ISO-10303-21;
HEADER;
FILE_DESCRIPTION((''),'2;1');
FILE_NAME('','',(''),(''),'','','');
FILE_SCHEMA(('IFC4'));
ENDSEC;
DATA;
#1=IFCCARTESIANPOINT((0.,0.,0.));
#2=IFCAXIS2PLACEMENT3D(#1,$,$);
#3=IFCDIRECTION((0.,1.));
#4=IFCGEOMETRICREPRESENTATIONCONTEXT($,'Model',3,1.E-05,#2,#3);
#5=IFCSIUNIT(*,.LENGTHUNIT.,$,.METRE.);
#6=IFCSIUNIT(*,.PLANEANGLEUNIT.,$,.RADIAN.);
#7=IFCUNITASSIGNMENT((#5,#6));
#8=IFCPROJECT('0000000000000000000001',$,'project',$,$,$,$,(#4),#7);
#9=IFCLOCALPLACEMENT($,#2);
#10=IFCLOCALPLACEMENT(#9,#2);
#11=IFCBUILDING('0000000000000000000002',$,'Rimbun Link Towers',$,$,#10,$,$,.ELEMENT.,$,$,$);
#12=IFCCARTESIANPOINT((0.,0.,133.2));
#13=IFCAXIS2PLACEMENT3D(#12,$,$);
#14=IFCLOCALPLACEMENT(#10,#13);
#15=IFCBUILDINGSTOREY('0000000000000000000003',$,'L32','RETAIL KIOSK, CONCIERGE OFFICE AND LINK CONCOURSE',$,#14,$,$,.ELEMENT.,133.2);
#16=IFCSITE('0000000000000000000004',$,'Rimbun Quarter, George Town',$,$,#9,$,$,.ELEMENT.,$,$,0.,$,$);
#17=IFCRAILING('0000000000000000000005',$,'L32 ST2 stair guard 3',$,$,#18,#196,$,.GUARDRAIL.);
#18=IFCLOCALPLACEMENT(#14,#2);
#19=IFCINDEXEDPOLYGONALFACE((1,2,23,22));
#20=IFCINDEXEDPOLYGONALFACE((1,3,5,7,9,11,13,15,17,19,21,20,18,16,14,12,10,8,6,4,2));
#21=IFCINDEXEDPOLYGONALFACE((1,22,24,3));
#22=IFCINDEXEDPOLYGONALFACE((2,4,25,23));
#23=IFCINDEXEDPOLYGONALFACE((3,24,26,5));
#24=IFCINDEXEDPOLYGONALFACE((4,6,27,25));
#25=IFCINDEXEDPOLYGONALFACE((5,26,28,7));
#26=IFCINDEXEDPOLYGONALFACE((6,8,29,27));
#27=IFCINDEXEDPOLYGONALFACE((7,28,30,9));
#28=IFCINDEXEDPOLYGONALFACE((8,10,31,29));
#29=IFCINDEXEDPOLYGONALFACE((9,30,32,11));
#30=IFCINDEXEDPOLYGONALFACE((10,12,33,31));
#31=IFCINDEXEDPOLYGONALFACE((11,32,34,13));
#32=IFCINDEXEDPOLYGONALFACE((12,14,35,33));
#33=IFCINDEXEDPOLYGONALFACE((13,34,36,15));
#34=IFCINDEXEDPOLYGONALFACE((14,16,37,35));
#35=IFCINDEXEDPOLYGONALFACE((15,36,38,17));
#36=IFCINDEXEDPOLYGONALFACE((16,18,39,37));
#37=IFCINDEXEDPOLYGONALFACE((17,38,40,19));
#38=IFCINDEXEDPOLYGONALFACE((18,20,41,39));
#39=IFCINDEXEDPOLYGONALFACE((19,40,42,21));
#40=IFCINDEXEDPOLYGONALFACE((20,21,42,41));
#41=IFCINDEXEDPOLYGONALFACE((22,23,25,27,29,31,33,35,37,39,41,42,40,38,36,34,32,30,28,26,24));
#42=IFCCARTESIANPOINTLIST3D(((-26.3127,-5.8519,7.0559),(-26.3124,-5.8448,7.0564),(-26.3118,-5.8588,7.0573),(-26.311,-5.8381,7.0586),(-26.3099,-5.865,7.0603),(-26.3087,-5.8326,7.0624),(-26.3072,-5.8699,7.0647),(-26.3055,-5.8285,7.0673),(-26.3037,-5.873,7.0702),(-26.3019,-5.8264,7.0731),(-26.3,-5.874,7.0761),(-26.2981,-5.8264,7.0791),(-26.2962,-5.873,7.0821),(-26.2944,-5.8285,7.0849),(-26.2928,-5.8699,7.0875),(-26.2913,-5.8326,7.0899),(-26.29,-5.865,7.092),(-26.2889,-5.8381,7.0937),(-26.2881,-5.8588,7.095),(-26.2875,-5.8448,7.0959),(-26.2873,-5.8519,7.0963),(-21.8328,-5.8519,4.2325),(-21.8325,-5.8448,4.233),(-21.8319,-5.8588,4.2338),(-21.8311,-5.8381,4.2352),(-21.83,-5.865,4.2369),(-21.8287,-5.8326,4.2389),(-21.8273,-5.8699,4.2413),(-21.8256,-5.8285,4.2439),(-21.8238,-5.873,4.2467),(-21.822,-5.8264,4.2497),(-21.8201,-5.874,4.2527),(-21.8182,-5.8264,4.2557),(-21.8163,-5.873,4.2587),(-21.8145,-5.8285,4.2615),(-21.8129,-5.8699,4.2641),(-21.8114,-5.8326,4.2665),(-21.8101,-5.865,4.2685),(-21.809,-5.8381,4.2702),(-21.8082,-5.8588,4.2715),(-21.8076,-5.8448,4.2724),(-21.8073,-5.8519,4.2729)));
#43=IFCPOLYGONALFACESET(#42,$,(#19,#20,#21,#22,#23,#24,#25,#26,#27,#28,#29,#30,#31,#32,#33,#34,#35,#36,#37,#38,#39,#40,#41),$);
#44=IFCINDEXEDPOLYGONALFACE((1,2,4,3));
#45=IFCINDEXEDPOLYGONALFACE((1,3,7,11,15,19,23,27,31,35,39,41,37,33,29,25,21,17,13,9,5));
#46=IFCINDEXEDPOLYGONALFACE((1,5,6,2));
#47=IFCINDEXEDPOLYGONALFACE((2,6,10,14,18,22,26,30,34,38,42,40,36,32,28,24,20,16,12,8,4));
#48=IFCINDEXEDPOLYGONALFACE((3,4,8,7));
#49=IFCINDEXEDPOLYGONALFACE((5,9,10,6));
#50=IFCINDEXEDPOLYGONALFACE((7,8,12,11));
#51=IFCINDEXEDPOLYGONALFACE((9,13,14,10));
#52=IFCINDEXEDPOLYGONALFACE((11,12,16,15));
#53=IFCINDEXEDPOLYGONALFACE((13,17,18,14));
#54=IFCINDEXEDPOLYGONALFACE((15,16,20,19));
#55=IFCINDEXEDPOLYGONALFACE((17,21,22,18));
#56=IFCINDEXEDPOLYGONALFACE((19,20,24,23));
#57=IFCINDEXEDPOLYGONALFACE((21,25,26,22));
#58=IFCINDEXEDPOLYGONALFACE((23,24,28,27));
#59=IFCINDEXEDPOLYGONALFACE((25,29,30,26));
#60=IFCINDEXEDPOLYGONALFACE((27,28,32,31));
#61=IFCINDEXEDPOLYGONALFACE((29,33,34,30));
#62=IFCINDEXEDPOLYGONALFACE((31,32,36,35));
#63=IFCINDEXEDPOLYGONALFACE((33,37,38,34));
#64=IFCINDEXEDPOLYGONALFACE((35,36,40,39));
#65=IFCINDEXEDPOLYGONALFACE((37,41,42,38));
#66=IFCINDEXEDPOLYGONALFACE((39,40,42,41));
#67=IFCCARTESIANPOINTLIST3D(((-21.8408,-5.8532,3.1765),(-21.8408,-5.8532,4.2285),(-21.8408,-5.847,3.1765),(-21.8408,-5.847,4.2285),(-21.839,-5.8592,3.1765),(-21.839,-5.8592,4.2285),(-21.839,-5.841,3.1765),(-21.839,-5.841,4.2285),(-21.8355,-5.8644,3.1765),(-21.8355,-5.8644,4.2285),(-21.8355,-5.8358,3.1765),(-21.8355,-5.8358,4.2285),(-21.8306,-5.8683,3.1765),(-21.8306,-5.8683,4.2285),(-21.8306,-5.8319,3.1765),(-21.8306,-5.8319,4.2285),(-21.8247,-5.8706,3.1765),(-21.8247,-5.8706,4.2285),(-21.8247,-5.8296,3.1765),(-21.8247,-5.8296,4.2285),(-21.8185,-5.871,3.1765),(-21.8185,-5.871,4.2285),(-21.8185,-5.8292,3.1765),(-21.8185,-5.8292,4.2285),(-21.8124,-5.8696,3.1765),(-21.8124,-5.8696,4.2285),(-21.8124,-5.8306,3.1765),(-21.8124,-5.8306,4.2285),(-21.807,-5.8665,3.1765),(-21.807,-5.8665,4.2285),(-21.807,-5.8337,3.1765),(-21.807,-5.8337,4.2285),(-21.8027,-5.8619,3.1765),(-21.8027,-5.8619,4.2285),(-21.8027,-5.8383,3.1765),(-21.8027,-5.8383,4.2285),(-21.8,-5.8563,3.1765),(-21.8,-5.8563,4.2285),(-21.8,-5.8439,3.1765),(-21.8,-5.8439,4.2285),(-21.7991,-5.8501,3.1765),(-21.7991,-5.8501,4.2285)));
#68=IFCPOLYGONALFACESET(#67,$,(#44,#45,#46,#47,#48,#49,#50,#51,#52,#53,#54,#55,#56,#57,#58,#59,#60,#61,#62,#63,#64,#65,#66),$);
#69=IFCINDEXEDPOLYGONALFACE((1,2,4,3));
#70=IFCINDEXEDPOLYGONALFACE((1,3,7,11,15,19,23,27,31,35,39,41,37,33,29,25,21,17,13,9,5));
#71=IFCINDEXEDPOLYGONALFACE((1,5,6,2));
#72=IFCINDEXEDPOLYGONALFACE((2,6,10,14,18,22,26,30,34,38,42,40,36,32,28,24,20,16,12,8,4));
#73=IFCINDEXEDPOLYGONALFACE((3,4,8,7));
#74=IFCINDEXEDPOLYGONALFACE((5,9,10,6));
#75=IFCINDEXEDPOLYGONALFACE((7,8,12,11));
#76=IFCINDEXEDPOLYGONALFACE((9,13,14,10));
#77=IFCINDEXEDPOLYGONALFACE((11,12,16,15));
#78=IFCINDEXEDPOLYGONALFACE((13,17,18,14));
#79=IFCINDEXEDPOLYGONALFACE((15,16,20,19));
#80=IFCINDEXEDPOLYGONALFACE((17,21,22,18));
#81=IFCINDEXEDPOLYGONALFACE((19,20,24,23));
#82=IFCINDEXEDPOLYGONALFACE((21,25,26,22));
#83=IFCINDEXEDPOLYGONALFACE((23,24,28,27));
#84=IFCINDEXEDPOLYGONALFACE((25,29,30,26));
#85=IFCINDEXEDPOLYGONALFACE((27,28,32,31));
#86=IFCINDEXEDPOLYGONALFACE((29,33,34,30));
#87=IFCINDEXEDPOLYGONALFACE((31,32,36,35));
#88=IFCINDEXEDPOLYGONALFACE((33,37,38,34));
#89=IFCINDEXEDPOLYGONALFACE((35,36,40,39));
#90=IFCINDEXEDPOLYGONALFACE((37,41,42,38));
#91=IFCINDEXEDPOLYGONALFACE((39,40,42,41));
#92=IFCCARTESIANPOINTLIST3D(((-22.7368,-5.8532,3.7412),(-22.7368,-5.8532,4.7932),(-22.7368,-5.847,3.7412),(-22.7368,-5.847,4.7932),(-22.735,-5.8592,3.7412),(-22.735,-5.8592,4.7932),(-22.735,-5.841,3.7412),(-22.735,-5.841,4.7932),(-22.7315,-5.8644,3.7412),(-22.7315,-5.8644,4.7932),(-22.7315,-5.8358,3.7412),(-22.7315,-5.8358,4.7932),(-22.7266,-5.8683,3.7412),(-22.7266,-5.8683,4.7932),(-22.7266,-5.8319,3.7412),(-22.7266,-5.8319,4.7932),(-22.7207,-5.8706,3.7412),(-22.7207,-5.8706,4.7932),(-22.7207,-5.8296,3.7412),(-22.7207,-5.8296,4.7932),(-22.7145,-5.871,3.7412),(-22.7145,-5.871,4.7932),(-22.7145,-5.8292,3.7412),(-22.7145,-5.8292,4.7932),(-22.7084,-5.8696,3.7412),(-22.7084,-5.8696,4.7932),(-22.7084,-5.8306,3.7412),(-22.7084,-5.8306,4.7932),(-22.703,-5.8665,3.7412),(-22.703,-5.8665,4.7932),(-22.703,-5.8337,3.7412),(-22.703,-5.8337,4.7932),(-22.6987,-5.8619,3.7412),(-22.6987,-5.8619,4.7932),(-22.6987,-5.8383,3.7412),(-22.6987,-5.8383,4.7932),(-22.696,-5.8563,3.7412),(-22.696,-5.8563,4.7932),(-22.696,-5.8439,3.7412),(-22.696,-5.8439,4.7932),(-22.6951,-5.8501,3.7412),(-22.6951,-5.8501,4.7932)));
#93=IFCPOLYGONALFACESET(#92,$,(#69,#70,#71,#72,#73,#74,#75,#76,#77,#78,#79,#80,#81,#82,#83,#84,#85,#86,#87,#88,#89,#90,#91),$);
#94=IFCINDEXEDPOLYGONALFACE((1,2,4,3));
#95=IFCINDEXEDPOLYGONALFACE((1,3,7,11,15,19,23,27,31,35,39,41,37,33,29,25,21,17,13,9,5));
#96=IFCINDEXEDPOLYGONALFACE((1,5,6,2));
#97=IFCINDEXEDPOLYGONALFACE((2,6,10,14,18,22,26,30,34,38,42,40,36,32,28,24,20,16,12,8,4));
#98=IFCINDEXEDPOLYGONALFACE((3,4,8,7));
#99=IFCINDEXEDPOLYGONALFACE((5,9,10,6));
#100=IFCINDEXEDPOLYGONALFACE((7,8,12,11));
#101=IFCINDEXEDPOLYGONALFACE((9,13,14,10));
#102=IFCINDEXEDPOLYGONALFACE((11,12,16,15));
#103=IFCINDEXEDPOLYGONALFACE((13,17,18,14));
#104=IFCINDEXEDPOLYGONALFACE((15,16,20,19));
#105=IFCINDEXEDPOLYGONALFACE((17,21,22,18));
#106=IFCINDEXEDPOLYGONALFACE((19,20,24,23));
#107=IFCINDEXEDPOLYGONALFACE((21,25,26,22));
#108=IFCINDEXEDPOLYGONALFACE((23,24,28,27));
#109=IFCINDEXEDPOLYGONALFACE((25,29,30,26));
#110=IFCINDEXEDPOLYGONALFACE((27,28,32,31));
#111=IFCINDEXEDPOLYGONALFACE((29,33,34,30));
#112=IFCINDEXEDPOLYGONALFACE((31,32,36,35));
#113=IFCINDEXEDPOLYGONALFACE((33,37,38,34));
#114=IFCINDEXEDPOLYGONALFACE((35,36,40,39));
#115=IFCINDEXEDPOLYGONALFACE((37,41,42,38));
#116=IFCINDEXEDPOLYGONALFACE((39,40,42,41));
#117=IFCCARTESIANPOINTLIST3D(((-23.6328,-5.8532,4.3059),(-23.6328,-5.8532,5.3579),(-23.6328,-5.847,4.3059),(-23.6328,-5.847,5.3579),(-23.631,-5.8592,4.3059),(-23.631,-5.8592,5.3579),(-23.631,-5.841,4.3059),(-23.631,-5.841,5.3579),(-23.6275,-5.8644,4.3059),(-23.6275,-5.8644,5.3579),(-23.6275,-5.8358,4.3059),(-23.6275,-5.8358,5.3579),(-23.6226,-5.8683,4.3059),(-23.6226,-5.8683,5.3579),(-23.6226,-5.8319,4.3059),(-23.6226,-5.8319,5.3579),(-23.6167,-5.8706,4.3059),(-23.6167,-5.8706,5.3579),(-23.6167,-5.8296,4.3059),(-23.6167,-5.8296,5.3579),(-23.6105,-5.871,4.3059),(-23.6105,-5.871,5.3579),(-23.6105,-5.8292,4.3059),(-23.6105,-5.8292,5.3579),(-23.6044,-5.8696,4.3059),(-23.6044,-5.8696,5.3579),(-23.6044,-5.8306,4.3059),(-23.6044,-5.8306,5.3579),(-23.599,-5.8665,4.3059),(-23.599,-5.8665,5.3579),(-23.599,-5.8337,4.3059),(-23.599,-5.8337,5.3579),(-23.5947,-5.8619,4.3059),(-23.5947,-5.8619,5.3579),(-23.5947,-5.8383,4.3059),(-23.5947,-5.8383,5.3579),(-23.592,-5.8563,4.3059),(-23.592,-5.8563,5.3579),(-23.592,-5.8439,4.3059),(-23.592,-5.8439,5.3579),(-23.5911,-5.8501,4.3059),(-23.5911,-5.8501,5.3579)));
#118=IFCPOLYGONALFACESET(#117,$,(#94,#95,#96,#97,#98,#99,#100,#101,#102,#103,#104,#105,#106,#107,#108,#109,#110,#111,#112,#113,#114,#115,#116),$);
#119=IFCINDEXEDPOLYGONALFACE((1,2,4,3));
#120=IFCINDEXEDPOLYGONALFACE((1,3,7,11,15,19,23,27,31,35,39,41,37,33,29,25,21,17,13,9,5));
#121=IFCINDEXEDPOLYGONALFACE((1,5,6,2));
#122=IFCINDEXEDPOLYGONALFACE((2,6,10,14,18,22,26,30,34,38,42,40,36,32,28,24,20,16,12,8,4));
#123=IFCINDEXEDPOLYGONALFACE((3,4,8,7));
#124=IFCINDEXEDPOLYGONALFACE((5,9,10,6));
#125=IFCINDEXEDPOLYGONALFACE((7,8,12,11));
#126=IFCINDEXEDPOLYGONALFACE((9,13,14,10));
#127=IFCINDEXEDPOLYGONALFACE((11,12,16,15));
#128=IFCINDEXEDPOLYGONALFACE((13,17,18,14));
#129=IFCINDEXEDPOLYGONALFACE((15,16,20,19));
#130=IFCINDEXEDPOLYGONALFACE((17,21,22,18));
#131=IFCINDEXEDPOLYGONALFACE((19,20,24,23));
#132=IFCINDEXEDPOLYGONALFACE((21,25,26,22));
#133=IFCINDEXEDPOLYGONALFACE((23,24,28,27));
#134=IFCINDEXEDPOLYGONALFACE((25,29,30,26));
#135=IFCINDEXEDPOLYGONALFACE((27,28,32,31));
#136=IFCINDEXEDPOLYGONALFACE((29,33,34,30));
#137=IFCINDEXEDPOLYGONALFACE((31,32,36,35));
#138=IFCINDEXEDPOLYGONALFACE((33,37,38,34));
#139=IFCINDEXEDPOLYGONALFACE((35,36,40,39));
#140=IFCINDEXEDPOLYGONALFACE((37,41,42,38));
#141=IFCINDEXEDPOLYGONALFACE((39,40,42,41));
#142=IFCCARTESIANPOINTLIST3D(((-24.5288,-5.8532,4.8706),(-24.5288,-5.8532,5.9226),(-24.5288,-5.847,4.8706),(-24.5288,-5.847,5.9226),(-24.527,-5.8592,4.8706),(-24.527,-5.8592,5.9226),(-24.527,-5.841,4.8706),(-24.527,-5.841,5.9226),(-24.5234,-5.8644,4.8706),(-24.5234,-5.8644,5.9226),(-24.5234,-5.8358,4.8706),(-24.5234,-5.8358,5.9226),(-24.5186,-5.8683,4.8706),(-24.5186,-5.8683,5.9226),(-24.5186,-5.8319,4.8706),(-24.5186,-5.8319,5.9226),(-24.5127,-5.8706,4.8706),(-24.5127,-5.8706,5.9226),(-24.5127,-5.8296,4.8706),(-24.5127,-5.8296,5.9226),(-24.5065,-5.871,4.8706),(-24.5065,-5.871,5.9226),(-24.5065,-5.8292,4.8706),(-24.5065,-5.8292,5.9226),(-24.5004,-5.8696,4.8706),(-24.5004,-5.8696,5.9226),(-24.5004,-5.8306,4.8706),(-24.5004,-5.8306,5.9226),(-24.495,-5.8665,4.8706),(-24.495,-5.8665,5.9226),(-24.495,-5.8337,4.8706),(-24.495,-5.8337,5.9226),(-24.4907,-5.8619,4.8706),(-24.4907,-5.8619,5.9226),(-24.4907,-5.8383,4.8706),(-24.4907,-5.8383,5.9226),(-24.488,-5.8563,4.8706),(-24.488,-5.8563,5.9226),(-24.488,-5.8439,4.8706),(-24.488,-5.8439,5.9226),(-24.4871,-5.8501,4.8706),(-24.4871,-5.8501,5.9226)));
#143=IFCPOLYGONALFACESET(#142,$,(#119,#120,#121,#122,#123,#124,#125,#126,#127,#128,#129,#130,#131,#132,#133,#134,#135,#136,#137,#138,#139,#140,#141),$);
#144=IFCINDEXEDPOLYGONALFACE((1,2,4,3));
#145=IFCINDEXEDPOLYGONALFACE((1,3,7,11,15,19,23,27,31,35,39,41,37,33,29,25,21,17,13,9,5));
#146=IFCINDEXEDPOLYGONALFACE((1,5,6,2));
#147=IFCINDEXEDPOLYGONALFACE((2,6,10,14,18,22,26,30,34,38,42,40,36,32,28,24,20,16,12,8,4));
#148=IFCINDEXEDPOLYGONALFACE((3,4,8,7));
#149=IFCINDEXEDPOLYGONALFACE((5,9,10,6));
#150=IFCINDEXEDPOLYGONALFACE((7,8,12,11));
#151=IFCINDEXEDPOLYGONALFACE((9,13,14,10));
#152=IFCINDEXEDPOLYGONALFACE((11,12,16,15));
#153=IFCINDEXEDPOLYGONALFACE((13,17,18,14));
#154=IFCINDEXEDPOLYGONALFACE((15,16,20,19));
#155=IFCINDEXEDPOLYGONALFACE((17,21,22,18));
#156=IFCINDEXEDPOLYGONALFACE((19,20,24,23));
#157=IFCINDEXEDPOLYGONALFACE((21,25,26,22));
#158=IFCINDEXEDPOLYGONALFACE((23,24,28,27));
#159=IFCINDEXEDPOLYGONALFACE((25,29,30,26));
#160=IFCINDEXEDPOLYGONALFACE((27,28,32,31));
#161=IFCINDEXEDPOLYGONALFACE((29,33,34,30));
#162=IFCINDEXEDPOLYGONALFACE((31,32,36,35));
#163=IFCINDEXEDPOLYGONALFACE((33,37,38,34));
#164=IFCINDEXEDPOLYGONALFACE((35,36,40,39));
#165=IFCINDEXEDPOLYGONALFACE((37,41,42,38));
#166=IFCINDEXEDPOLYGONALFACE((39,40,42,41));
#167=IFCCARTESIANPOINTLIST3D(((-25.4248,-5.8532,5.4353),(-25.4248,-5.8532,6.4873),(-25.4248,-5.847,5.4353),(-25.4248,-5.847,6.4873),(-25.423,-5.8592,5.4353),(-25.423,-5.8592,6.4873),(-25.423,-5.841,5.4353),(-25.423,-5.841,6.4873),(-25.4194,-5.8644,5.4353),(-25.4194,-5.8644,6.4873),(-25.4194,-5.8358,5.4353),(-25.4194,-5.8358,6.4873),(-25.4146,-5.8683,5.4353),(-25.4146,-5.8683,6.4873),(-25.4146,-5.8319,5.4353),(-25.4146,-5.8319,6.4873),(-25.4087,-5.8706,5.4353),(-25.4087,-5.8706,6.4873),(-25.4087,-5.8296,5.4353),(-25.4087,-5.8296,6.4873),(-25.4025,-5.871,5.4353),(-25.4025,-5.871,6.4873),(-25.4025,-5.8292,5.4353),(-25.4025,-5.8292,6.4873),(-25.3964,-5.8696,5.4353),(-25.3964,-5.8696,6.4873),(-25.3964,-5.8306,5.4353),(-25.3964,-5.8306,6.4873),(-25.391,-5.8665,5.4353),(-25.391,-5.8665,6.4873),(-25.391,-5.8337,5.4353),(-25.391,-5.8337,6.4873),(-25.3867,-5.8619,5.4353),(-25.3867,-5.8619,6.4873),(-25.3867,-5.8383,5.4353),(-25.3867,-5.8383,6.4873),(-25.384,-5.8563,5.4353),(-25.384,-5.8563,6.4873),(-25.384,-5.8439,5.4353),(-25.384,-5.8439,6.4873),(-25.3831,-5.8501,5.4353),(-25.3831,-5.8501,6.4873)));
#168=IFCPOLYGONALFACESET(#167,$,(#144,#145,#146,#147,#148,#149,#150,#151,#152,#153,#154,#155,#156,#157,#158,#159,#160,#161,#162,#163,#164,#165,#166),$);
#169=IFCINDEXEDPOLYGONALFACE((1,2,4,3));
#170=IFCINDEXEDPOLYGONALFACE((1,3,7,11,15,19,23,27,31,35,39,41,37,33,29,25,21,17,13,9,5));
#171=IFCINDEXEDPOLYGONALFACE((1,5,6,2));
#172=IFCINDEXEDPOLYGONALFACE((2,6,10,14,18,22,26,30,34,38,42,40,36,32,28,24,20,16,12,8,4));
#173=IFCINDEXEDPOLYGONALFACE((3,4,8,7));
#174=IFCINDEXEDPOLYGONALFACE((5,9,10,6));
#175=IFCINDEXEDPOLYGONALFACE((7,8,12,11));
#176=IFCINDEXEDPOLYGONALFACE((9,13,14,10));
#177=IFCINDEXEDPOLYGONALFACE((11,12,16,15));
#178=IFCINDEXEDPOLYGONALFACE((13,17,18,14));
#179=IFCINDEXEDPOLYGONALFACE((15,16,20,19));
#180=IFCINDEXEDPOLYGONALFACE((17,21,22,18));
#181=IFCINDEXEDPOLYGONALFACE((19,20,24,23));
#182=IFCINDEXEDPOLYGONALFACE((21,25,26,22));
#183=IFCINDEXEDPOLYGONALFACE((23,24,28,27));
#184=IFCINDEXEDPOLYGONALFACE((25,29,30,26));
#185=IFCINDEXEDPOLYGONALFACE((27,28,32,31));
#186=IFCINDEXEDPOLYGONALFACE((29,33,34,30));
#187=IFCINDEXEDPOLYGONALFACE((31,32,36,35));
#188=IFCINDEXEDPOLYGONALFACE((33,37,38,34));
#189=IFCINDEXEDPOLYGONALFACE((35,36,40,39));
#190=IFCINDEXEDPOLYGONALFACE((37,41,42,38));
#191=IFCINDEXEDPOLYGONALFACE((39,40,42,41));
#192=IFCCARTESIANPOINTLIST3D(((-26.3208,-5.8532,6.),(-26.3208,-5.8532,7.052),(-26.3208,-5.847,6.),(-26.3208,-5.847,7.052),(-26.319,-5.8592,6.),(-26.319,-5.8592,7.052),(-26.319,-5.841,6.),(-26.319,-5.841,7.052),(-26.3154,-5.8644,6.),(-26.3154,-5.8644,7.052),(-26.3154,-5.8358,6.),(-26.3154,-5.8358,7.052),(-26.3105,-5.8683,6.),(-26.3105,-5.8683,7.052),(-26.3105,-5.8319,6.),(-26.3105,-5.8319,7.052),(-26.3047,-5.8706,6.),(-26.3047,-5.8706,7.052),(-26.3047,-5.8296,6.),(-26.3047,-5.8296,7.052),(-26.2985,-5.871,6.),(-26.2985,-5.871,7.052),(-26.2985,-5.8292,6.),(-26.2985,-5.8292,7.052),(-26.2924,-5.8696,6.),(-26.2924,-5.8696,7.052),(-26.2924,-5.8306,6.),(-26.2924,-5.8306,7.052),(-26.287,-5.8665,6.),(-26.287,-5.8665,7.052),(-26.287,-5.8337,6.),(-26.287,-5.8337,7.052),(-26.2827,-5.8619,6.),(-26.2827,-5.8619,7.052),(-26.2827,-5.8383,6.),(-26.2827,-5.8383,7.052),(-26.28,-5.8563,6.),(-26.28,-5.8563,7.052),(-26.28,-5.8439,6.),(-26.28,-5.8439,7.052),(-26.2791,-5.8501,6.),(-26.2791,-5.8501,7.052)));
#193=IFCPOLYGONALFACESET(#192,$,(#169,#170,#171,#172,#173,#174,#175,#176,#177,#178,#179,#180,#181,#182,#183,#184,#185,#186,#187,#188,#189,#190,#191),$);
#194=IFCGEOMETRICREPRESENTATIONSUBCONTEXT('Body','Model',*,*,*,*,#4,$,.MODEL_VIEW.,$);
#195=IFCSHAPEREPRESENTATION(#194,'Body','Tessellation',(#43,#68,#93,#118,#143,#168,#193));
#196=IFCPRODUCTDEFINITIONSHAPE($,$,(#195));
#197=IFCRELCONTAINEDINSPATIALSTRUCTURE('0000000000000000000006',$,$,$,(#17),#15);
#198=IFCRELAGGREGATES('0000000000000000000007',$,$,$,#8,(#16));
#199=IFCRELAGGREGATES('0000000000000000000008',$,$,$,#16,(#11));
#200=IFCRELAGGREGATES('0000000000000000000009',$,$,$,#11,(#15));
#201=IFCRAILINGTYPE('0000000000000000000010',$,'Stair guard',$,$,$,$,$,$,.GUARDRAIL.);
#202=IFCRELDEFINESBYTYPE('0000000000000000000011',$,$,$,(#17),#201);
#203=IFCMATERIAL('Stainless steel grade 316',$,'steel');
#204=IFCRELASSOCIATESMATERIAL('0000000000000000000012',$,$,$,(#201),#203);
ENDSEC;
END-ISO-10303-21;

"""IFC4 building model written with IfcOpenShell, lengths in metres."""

from ifc_helpers import new_model, si_unit, direction, frame, origin, origin_2d, place, context, subcontext, project, spatial, circle, extrude, material, type_object, element, save


model = new_model("IFC4")

# Units and contexts
model_context = context("Model", 3, precision=1e-05, world=origin(), true_north=direction((0.0, 1.0)))
body_context = subcontext(model_context, "Body", "Model", "MODEL_VIEW")
ifc_project = project(units=[si_unit("LENGTHUNIT", "METRE"), si_unit("PLANEANGLEUNIT", "RADIAN")], contexts=[model_context])

# Site, building, storey
site_placement = place(None, origin())
site = spatial("IfcSite", under=ifc_project, at=site_placement, Name="Rimbun Quarter, George Town", CompositionType="ELEMENT", RefElevation=0.0)
building_placement = place(site_placement, origin())
building = spatial("IfcBuilding", under=site, at=building_placement, Name="Rimbun Link Towers", CompositionType="ELEMENT")
storey_placement = place(building_placement, frame((0.0, 0.0, 133.2)))
storey = spatial("IfcBuildingStorey", under=building, at=storey_placement, Name="L32", Description="RETAIL KIOSK, CONCIERGE OFFICE AND LINK CONCOURSE", CompositionType="ELEMENT", Elevation=133.2)

# Railing
ifc_material_1 = material(Name="Stainless steel grade 316", Category="steel")
railing_type_1 = type_object("IfcRailingType", Name="Stair guard", PredefinedType="GUARDRAIL", material=ifc_material_1)
railing_1_placement = place(storey_placement, frame((-21.8201, -5.8501, 3.1765)))
element("IfcRailing", 1, at=railing_1_placement, inside=storey, type_object=railing_type_1, Name="L32 ST2 stair guard 3", PredefinedType="GUARDRAIL", context=body_context, shape_type="SweptSolid", body=[
    extrude(circle(Radius=0.0239, at=origin_2d()), frame((0.0, 0.0, 1.0762), z_axis=(-0.845998, 0.0, 0.533186), x_axis=(0.0, -1.0, 0.0)), (0.0, 0.0, 1.0), 5.2954),
    extrude(circle(Radius=0.021, at=origin_2d()), origin(), (0.0, 0.0, 1.0), 1.052),
    extrude(circle(Radius=0.021, at=origin_2d()), frame((-0.896, 0.0, 0.5647)), (0.0, 0.0, 1.0), 1.052),
    extrude(circle(Radius=0.021, at=origin_2d()), frame((-1.792, 0.0, 1.1294)), (0.0, 0.0, 1.0), 1.052),
    extrude(circle(Radius=0.021, at=origin_2d()), frame((-2.688, 0.0, 1.6941)), (0.0, 0.0, 1.0), 1.052),
    extrude(circle(Radius=0.021, at=origin_2d()), frame((-3.584, 0.0, 2.2588)), (0.0, 0.0, 1.0), 1.052),
    extrude(circle(Radius=0.021, at=origin_2d()), frame((-4.48, 0.0, 2.8235)), (0.0, 0.0, 1.0), 1.052),
])

save(model, "model.ifc")
